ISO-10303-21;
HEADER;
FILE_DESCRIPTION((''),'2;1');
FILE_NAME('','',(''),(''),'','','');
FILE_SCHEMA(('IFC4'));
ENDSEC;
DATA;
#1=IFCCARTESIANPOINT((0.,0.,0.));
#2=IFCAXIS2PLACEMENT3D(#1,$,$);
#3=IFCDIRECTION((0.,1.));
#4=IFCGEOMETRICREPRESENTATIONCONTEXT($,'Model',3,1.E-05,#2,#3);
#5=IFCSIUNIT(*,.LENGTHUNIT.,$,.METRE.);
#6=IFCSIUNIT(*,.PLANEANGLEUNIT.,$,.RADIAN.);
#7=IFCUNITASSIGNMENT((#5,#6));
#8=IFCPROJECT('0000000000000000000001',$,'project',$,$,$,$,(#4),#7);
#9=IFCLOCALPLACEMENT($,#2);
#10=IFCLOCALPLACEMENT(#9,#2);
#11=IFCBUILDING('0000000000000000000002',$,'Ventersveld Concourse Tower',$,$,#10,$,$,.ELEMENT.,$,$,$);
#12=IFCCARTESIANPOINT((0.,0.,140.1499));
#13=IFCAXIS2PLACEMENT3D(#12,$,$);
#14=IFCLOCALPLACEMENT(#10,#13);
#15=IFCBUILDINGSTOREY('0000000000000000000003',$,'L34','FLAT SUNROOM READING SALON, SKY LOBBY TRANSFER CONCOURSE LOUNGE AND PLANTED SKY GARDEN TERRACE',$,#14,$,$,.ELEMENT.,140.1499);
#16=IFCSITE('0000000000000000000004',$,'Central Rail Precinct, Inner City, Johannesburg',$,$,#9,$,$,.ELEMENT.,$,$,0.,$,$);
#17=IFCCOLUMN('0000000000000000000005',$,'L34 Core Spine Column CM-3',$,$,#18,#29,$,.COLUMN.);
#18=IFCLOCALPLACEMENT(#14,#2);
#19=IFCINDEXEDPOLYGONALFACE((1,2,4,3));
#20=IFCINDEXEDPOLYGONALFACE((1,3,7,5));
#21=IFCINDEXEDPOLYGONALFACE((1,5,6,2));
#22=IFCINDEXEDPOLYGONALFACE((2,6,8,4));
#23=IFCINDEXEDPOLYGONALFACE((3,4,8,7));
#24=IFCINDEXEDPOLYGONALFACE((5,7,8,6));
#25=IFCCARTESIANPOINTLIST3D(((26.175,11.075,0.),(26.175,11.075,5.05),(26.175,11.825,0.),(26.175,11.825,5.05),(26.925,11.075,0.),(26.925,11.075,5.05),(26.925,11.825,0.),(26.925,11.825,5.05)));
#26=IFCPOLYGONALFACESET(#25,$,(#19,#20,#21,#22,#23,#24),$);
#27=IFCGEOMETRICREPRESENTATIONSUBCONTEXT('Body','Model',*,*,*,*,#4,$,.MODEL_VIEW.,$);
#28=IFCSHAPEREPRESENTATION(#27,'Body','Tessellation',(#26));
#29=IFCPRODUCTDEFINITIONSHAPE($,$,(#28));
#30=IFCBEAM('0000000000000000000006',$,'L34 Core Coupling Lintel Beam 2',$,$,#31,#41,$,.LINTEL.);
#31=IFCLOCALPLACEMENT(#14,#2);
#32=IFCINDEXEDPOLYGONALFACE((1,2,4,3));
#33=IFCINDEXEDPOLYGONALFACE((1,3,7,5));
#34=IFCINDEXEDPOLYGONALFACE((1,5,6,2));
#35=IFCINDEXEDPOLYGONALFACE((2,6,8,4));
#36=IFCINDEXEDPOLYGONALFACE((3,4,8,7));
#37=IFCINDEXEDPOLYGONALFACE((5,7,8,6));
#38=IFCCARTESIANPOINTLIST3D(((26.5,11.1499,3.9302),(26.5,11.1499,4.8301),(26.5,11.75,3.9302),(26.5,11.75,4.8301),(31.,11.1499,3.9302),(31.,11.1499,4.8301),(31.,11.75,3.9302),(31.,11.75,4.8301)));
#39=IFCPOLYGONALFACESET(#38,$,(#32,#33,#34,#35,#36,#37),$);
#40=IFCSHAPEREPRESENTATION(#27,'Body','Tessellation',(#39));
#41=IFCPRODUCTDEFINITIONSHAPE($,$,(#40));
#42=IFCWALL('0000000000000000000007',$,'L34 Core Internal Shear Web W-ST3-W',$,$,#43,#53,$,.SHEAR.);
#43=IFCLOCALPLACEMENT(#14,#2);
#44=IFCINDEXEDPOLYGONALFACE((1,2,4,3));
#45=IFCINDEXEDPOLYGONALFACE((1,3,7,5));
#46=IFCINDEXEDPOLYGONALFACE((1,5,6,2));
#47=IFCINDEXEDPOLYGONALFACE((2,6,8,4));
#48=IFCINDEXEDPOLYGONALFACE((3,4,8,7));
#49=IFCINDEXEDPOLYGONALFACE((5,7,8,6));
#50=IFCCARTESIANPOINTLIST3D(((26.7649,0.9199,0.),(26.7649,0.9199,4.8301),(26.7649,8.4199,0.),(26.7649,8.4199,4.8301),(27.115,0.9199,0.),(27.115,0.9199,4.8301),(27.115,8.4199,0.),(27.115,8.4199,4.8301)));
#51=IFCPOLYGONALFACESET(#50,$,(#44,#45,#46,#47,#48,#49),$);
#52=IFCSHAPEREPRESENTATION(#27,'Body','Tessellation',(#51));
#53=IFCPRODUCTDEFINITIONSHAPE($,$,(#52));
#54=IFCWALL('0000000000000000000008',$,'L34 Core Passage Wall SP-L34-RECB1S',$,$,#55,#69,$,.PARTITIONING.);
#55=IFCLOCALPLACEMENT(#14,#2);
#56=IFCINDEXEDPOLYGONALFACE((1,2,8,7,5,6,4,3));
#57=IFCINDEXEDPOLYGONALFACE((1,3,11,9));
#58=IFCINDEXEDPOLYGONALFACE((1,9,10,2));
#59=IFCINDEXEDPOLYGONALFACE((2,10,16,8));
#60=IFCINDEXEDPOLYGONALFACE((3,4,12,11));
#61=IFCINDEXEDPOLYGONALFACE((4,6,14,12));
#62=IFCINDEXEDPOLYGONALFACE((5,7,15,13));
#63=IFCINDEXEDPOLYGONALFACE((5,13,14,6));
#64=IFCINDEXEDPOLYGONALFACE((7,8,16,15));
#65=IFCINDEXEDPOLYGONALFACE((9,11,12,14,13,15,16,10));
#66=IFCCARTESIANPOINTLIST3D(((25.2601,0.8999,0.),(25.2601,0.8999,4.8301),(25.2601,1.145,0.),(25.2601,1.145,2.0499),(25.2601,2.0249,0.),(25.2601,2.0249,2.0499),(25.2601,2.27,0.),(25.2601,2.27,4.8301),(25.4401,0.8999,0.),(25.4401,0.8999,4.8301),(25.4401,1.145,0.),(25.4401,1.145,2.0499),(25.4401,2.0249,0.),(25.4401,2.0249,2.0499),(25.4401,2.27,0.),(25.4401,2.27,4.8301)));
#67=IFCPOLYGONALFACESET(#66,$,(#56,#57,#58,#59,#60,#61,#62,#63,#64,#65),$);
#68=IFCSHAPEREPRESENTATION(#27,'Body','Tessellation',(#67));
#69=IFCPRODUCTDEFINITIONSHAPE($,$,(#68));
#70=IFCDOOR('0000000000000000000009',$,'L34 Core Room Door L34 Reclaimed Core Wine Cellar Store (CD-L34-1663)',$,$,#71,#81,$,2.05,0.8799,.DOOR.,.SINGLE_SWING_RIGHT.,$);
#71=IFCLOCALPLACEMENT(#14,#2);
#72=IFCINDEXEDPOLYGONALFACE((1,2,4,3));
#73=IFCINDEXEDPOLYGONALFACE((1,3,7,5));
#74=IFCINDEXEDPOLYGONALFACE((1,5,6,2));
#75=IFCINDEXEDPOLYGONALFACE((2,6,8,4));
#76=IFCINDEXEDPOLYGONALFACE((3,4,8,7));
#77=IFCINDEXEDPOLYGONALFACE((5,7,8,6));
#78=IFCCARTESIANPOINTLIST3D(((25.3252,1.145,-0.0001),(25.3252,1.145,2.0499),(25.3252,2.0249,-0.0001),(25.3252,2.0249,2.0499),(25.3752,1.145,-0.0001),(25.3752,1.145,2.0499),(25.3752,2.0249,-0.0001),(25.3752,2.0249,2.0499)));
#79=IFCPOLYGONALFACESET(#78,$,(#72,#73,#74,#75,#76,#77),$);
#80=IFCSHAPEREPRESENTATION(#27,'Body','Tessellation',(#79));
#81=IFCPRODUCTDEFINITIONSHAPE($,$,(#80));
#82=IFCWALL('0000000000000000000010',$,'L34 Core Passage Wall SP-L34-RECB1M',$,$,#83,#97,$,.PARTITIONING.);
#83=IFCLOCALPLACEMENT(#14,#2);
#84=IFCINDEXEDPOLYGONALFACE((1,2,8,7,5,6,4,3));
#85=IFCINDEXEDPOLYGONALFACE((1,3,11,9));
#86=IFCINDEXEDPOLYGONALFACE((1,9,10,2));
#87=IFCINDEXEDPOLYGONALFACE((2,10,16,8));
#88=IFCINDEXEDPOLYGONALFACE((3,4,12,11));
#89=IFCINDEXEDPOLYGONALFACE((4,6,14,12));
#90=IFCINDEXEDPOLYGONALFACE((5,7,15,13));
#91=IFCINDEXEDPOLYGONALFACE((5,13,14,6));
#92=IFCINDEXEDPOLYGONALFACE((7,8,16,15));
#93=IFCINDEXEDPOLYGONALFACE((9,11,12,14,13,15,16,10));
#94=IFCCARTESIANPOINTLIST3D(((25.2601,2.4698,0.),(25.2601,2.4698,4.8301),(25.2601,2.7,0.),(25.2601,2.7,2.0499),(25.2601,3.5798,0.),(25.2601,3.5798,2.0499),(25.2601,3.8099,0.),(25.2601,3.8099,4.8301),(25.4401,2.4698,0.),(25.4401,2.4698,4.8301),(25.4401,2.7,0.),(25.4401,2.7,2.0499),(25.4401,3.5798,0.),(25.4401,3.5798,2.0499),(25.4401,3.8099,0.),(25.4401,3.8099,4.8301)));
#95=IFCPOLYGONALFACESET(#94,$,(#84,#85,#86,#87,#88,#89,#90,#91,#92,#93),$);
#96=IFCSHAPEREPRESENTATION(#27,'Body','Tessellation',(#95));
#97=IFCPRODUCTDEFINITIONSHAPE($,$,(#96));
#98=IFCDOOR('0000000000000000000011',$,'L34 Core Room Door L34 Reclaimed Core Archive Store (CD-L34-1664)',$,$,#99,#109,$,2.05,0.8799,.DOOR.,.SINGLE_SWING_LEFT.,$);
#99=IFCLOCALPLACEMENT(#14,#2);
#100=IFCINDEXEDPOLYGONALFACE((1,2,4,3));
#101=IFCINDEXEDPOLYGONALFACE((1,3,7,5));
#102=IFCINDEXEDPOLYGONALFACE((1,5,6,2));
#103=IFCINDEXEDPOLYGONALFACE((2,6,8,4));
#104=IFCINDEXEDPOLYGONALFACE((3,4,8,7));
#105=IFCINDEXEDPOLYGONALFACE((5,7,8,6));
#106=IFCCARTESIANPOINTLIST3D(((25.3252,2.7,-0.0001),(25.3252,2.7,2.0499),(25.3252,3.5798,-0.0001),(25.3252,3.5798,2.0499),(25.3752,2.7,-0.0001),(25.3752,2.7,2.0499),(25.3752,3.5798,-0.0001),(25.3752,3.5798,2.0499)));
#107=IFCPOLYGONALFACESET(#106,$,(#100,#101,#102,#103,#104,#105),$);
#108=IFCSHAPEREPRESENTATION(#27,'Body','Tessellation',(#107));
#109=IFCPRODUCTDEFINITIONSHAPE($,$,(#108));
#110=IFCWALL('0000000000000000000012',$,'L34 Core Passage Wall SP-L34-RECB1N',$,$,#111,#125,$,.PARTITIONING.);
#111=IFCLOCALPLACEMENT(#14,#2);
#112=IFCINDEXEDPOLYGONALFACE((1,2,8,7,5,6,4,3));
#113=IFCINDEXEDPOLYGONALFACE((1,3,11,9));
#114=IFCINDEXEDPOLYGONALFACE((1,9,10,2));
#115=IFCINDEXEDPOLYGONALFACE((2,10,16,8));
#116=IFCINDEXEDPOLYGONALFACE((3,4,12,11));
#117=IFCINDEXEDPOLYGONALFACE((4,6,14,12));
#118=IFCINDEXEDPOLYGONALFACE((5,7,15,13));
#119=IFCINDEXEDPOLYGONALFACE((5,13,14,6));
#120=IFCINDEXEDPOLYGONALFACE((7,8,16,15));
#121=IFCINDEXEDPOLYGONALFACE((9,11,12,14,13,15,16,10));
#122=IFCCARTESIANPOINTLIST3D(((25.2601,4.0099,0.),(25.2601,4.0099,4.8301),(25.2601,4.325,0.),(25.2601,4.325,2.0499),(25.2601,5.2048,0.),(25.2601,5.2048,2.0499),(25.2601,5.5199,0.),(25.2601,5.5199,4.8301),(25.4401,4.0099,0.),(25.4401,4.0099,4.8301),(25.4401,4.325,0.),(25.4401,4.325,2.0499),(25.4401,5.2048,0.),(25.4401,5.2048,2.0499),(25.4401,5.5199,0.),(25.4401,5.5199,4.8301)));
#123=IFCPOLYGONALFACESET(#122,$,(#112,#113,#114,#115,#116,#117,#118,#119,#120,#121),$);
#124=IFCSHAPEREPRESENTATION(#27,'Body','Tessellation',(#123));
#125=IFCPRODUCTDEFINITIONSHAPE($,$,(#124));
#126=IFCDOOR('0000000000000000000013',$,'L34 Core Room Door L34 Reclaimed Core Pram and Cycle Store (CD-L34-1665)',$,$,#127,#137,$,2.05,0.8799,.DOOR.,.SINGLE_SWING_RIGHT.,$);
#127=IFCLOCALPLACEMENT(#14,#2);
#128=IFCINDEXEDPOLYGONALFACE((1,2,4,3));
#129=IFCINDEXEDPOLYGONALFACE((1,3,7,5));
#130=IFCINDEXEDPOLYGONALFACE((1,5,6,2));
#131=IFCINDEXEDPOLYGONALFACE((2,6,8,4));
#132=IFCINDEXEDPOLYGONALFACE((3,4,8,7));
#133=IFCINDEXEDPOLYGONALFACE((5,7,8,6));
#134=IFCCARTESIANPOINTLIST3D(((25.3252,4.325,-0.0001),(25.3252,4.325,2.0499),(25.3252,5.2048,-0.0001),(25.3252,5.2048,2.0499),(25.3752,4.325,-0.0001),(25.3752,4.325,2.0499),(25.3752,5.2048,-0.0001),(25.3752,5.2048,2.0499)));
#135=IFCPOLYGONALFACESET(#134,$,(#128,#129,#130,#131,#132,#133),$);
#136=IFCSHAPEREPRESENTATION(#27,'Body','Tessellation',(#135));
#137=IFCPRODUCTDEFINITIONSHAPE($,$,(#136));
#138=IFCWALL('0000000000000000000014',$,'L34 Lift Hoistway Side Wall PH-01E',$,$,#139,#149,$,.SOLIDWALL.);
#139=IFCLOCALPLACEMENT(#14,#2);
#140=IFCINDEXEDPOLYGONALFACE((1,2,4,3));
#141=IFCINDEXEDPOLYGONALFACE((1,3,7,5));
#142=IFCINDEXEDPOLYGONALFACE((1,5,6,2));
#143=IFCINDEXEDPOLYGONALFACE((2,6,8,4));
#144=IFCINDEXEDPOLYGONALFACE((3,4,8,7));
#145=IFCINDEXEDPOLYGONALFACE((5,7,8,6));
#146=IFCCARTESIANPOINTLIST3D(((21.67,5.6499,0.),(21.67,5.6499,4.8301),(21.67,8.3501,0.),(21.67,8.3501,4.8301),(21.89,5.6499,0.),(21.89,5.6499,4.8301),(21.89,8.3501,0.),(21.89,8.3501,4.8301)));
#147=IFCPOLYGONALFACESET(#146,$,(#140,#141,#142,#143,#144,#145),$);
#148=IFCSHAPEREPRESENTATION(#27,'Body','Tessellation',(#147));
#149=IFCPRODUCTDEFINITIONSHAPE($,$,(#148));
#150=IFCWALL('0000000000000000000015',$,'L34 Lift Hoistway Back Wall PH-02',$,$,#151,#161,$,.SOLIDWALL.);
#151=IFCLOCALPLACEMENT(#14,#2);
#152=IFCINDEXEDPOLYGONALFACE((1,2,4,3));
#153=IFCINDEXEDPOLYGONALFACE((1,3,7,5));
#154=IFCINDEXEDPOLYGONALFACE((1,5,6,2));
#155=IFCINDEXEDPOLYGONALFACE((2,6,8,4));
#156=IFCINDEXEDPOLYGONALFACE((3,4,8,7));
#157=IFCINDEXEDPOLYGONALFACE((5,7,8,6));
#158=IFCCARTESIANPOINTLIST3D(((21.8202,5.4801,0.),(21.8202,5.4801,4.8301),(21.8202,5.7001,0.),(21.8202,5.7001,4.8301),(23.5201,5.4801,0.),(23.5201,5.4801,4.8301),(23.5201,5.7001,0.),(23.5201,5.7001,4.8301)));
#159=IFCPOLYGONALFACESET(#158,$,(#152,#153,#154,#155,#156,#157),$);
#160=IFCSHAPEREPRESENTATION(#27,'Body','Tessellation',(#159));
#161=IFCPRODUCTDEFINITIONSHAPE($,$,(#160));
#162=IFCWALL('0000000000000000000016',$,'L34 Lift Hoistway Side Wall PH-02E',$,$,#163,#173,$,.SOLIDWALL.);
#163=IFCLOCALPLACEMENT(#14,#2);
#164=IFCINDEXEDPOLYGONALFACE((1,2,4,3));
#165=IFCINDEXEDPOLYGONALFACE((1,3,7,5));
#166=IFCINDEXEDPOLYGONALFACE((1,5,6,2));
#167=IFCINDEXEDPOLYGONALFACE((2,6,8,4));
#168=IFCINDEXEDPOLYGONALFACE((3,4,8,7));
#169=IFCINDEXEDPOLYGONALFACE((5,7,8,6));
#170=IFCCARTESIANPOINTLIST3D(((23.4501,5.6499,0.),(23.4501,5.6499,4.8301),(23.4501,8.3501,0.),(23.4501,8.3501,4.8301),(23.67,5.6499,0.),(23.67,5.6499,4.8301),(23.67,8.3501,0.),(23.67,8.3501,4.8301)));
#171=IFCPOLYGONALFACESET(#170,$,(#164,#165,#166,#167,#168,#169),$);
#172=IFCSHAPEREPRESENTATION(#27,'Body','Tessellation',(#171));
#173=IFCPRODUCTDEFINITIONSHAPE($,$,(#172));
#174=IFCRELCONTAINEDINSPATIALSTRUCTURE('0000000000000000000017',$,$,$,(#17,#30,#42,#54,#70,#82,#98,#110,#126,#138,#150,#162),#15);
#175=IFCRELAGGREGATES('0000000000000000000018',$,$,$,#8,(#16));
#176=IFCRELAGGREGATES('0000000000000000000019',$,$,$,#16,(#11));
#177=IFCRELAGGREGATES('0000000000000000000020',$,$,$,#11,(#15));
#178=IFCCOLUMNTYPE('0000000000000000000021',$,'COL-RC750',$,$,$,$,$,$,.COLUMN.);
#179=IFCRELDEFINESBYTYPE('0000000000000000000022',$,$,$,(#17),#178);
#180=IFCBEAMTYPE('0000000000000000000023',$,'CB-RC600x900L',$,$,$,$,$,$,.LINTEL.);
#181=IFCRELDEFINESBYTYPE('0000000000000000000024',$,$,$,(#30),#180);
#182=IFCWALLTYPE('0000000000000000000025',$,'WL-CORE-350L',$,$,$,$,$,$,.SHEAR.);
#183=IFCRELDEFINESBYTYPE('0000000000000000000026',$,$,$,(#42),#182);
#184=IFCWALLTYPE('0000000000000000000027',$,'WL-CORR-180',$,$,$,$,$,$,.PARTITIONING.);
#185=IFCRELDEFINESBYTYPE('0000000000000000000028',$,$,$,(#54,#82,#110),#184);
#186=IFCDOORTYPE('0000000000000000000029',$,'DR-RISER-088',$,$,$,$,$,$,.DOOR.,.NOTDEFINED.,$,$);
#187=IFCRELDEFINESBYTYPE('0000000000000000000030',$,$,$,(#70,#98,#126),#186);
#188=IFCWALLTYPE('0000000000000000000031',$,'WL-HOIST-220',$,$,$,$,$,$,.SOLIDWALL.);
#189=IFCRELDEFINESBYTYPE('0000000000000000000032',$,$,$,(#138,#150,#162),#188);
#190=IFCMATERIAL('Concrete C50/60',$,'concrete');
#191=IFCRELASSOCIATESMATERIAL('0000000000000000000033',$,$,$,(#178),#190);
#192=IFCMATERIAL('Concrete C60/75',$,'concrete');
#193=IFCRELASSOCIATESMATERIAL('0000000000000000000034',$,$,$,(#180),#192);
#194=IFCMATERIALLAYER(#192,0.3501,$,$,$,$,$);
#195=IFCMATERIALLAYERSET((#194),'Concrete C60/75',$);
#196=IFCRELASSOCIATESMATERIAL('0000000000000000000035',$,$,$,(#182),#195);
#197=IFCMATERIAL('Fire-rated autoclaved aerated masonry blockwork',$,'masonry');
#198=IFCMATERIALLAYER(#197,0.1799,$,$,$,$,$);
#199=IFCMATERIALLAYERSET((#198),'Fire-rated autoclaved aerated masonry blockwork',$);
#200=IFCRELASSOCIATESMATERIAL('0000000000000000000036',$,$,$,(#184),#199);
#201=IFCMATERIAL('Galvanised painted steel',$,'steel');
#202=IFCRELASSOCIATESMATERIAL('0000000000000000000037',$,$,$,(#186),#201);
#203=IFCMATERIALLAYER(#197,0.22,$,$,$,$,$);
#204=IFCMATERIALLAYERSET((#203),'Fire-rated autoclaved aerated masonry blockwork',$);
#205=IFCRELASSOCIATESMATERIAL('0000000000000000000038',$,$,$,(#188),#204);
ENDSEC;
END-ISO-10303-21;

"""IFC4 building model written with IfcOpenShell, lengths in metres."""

from ifc_helpers import new_model, si_unit, direction, frame, frame_2d, origin, origin_2d, place, context, subcontext, project, spatial, rectangle, extrude, material, layer, layer_set, material_profile, profile_set, type_object, element, fill, save


model = new_model("IFC4")

# Units and contexts
model_context = context("Model", 3, precision=1e-05, world=origin(), true_north=direction((0.0, 1.0)))
body_context = subcontext(model_context, "Body", "Model", "MODEL_VIEW")
ifc_project = project(units=[si_unit("LENGTHUNIT", "METRE"), si_unit("PLANEANGLEUNIT", "RADIAN")], contexts=[model_context])

# Site, building, storey
site_placement = place(None, origin())
site = spatial("IfcSite", under=ifc_project, at=site_placement, Name="Central Rail Precinct, Inner City, Johannesburg", CompositionType="ELEMENT", RefElevation=0.0)
building_placement = place(site_placement, origin())
building = spatial("IfcBuilding", under=site, at=building_placement, Name="Ventersveld Concourse Tower", CompositionType="ELEMENT")
storey_placement = place(building_placement, frame((0.0, 0.0, 140.1499)))
storey = spatial("IfcBuildingStorey", under=building, at=storey_placement, Name="L34", Description="FLAT SUNROOM READING SALON, SKY LOBBY TRANSFER CONCOURSE LOUNGE AND PLANTED SKY GARDEN TERRACE", CompositionType="ELEMENT", Elevation=140.1499)

# Column
ifc_material_1 = material(Name="Concrete C50/60", Category="concrete")
ifc_material_profile_1 = material_profile(ifc_material_1, rectangle(XDim=0.75, YDim=0.75, at=origin_2d()), Name="RC 750x750")
ifc_profile_set_1 = profile_set([ifc_material_profile_1], Name="Concrete C50/60")
column_type = type_object("IfcColumnType", Name="COL-RC750", PredefinedType="COLUMN", material=ifc_profile_set_1)
column_placement = place(storey_placement, frame((26.55, 11.45, 0.0), z_axis=(0.0, 0.0, 1.0), x_axis=(1.0, 0.0, 0.0)))
element("IfcColumn", 1, at=column_placement, inside=storey, type_object=column_type, Name="L34 Core Spine Column CM-3", PredefinedType="COLUMN", context=body_context, shape_type="SweptSolid", body=[
    extrude(rectangle(XDim=0.75, YDim=0.75, at=origin_2d()), origin(), (0.0, 0.0, 1.0), 5.05),
])

# Beam
ifc_material_2 = material(Name="Concrete C60/75", Category="concrete")
ifc_material_profile_2 = material_profile(ifc_material_2, rectangle(XDim=0.6001, YDim=0.8999, at=origin_2d()), Name="RC 600x900")
ifc_profile_set_2 = profile_set([ifc_material_profile_2], Name="Concrete C60/75")
beam_type = type_object("IfcBeamType", Name="CB-RC600x900L", PredefinedType="LINTEL", material=ifc_profile_set_2)
beam_placement = place(storey_placement, frame((26.5, 11.45, 4.3801), z_axis=(1.0, 0.0, 0.0), x_axis=(0.0, 1.0, 0.0)))
element("IfcBeam", 2, at=beam_placement, inside=storey, type_object=beam_type, Name="L34 Core Coupling Lintel Beam 2", PredefinedType="LINTEL", context=body_context, shape_type="SweptSolid", body=[
    extrude(rectangle(XDim=0.6001, YDim=0.8999, at=origin_2d()), origin(), (0.0, 0.0, 1.0), 4.5),
])

# Wall
ifc_layer_1 = layer(ifc_material_2, 0.3501)
ifc_layer_set_1 = layer_set([ifc_layer_1], Name="Concrete C60/75")
wall_type_1 = type_object("IfcWallType", Name="WL-CORE-350L", PredefinedType="SHEAR", material=ifc_layer_set_1)
wall_1_placement = place(storey_placement, frame((26.9399, 0.9199, 0.0), z_axis=(0.0, 0.0, 1.0), x_axis=(0.0, 1.0, 0.0)))
element("IfcWall", 3, at=wall_1_placement, inside=storey, type_object=wall_type_1, Name="L34 Core Internal Shear Web W-ST3-W", PredefinedType="SHEAR", context=body_context, shape_type="SweptSolid", body=[
    extrude(rectangle(XDim=7.5, YDim=0.3501, at=frame_2d((3.75, 0.0))), origin(), (0.0, 0.0, 1.0), 4.8301),
])

# Walls, openings, doors
ifc_material_3 = material(Name="Fire-rated autoclaved aerated masonry blockwork", Category="masonry")
ifc_layer_2 = layer(ifc_material_3, 0.1799)
ifc_layer_set_2 = layer_set([ifc_layer_2], Name="Fire-rated autoclaved aerated masonry blockwork")
wall_type_2 = type_object("IfcWallType", Name="WL-CORR-180", PredefinedType="PARTITIONING", material=ifc_layer_set_2)
wall_2_placement = place(storey_placement, frame((25.3501, 0.8999, 0.0), z_axis=(0.0, 0.0, 1.0), x_axis=(0.0, 1.0, 0.0)))
wall_2 = element("IfcWall", 4, at=wall_2_placement, inside=storey, type_object=wall_type_2, Name="L34 Core Passage Wall SP-L34-RECB1S", PredefinedType="PARTITIONING", context=body_context, shape_type="SweptSolid", body=[
    extrude(rectangle(XDim=1.3701, YDim=0.1799, at=frame_2d((0.6851, 0.0))), origin(), (0.0, 0.0, 1.0), 4.8301),
])
opening_1_placement = place(wall_2_placement, frame((0.2451, 0.0, 0.0)))
opening_1 = element("IfcOpeningElement", 5, at=opening_1_placement, cuts=wall_2, PredefinedType="OPENING", context=body_context, shape_type="SweptSolid", body=[
    extrude(rectangle(XDim=0.8799, YDim=2.05, at=frame_2d((0.4399, 1.0249))), frame((0.0, 0.1001, 0.0), z_axis=(0.0, -1.0, 0.0), x_axis=(1.0, 0.0, 0.0)), (0.0, 0.0, 1.0), 0.2),
])
ifc_material_4 = material(Name="Galvanised painted steel", Category="steel")
door_type_1 = type_object("IfcDoorType", Name="DR-RISER-088", OperationType="NOTDEFINED", PredefinedType="DOOR", material=ifc_material_4)
door_1_placement = place(opening_1_placement, origin())
door_1 = element("IfcDoor", 6, at=door_1_placement, inside=storey, type_object=door_type_1, Name="L34 Core Room Door L34 Reclaimed Core Wine Cellar Store (CD-L34-1663)", OperationType="SINGLE_SWING_RIGHT", OverallHeight=2.05, OverallWidth=0.8799, PredefinedType="DOOR", context=body_context, shape_type="SweptSolid", body=[
    extrude(rectangle(XDim=0.8799, YDim=2.05, at=frame_2d((0.4399, 1.0249))), frame((0.0, 0.0249, 0.0), z_axis=(0.0, -1.0, 0.0), x_axis=(1.0, 0.0, 0.0)), (0.0, 0.0, 1.0), 0.05),
])
fill(opening_1, door_1)
wall_3_placement = place(storey_placement, frame((25.3501, 2.47, 0.0), z_axis=(0.0, 0.0, 1.0), x_axis=(0.0, 1.0, 0.0)))
wall_3 = element("IfcWall", 7, at=wall_3_placement, inside=storey, type_object=wall_type_2, Name="L34 Core Passage Wall SP-L34-RECB1M", PredefinedType="PARTITIONING", context=body_context, shape_type="SweptSolid", body=[
    extrude(rectangle(XDim=1.3401, YDim=0.1799, at=frame_2d((0.6699, 0.0))), origin(), (0.0, 0.0, 1.0), 4.8301),
])
opening_2_placement = place(wall_3_placement, frame((0.23, 0.0, 0.0)))
opening_2 = element("IfcOpeningElement", 8, at=opening_2_placement, cuts=wall_3, PredefinedType="OPENING", context=body_context, shape_type="SweptSolid", body=[
    extrude(rectangle(XDim=0.8799, YDim=2.05, at=frame_2d((0.4399, 1.0249))), frame((0.0, 0.1001, 0.0), z_axis=(0.0, -1.0, 0.0), x_axis=(1.0, 0.0, 0.0)), (0.0, 0.0, 1.0), 0.2),
])
door_2_placement = place(opening_2_placement, origin())
door_2 = element("IfcDoor", 9, at=door_2_placement, inside=storey, type_object=door_type_1, Name="L34 Core Room Door L34 Reclaimed Core Archive Store (CD-L34-1664)", OperationType="SINGLE_SWING_LEFT", OverallHeight=2.05, OverallWidth=0.8799, PredefinedType="DOOR", context=body_context, shape_type="SweptSolid", body=[
    extrude(rectangle(XDim=0.8799, YDim=2.05, at=frame_2d((0.4399, 1.0249))), frame((0.0, 0.0249, 0.0), z_axis=(0.0, -1.0, 0.0), x_axis=(1.0, 0.0, 0.0)), (0.0, 0.0, 1.0), 0.05),
])
fill(opening_2, door_2)
wall_4_placement = place(storey_placement, frame((25.3501, 4.01, 0.0), z_axis=(0.0, 0.0, 1.0), x_axis=(0.0, 1.0, 0.0)))
wall_4 = element("IfcWall", 10, at=wall_4_placement, inside=storey, type_object=wall_type_2, Name="L34 Core Passage Wall SP-L34-RECB1N", PredefinedType="PARTITIONING", context=body_context, shape_type="SweptSolid", body=[
    extrude(rectangle(XDim=1.51, YDim=0.1799, at=frame_2d((0.7549, 0.0))), origin(), (0.0, 0.0, 1.0), 4.8301),
])
opening_3_placement = place(wall_4_placement, frame((0.3149, 0.0, 0.0)))
opening_3 = element("IfcOpeningElement", 11, at=opening_3_placement, cuts=wall_4, PredefinedType="OPENING", context=body_context, shape_type="SweptSolid", body=[
    extrude(rectangle(XDim=0.8799, YDim=2.05, at=frame_2d((0.4399, 1.0249))), frame((0.0, 0.1001, 0.0), z_axis=(0.0, -1.0, 0.0), x_axis=(1.0, 0.0, 0.0)), (0.0, 0.0, 1.0), 0.2),
])
door_3_placement = place(opening_3_placement, origin())
door_3 = element("IfcDoor", 12, at=door_3_placement, inside=storey, type_object=door_type_1, Name="L34 Core Room Door L34 Reclaimed Core Pram and Cycle Store (CD-L34-1665)", OperationType="SINGLE_SWING_RIGHT", OverallHeight=2.05, OverallWidth=0.8799, PredefinedType="DOOR", context=body_context, shape_type="SweptSolid", body=[
    extrude(rectangle(XDim=0.8799, YDim=2.05, at=frame_2d((0.4399, 1.0249))), frame((0.0, 0.0249, 0.0), z_axis=(0.0, -1.0, 0.0), x_axis=(1.0, 0.0, 0.0)), (0.0, 0.0, 1.0), 0.05),
])
fill(opening_3, door_3)

# Walls
ifc_layer_3 = layer(ifc_material_3, 0.22)
ifc_layer_set_3 = layer_set([ifc_layer_3], Name="Fire-rated autoclaved aerated masonry blockwork")
wall_type_3 = type_object("IfcWallType", Name="WL-HOIST-220", PredefinedType="SOLIDWALL", material=ifc_layer_set_3)
wall_5_placement = place(storey_placement, frame((21.78, 5.6499, 0.0), z_axis=(0.0, 0.0, 1.0), x_axis=(0.0, 1.0, 0.0)))
element("IfcWall", 13, at=wall_5_placement, inside=storey, type_object=wall_type_3, Name="L34 Lift Hoistway Side Wall PH-01E", PredefinedType="SOLIDWALL", context=body_context, shape_type="SweptSolid", body=[
    extrude(rectangle(XDim=2.7002, YDim=0.22, at=frame_2d((1.3501, 0.0))), origin(), (0.0, 0.0, 1.0), 4.8301),
])
wall_6_placement = place(storey_placement, frame((21.8201, 5.5901, 0.0), z_axis=(0.0, 0.0, 1.0), x_axis=(1.0, 0.0, 0.0)))
element("IfcWall", 14, at=wall_6_placement, inside=storey, type_object=wall_type_3, Name="L34 Lift Hoistway Back Wall PH-02", PredefinedType="SOLIDWALL", context=body_context, shape_type="SweptSolid", body=[
    extrude(rectangle(XDim=1.7, YDim=0.22, at=frame_2d((0.8501, 0.0))), origin(), (0.0, 0.0, 1.0), 4.8301),
])
wall_7_placement = place(storey_placement, frame((23.5601, 5.6499, 0.0), z_axis=(0.0, 0.0, 1.0), x_axis=(0.0, 1.0, 0.0)))
element("IfcWall", 15, at=wall_7_placement, inside=storey, type_object=wall_type_3, Name="L34 Lift Hoistway Side Wall PH-02E", PredefinedType="SOLIDWALL", context=body_context, shape_type="SweptSolid", body=[
    extrude(rectangle(XDim=2.7002, YDim=0.22, at=frame_2d((1.3501, 0.0))), origin(), (0.0, 0.0, 1.0), 4.8301),
])

save(model, "model.ifc")
